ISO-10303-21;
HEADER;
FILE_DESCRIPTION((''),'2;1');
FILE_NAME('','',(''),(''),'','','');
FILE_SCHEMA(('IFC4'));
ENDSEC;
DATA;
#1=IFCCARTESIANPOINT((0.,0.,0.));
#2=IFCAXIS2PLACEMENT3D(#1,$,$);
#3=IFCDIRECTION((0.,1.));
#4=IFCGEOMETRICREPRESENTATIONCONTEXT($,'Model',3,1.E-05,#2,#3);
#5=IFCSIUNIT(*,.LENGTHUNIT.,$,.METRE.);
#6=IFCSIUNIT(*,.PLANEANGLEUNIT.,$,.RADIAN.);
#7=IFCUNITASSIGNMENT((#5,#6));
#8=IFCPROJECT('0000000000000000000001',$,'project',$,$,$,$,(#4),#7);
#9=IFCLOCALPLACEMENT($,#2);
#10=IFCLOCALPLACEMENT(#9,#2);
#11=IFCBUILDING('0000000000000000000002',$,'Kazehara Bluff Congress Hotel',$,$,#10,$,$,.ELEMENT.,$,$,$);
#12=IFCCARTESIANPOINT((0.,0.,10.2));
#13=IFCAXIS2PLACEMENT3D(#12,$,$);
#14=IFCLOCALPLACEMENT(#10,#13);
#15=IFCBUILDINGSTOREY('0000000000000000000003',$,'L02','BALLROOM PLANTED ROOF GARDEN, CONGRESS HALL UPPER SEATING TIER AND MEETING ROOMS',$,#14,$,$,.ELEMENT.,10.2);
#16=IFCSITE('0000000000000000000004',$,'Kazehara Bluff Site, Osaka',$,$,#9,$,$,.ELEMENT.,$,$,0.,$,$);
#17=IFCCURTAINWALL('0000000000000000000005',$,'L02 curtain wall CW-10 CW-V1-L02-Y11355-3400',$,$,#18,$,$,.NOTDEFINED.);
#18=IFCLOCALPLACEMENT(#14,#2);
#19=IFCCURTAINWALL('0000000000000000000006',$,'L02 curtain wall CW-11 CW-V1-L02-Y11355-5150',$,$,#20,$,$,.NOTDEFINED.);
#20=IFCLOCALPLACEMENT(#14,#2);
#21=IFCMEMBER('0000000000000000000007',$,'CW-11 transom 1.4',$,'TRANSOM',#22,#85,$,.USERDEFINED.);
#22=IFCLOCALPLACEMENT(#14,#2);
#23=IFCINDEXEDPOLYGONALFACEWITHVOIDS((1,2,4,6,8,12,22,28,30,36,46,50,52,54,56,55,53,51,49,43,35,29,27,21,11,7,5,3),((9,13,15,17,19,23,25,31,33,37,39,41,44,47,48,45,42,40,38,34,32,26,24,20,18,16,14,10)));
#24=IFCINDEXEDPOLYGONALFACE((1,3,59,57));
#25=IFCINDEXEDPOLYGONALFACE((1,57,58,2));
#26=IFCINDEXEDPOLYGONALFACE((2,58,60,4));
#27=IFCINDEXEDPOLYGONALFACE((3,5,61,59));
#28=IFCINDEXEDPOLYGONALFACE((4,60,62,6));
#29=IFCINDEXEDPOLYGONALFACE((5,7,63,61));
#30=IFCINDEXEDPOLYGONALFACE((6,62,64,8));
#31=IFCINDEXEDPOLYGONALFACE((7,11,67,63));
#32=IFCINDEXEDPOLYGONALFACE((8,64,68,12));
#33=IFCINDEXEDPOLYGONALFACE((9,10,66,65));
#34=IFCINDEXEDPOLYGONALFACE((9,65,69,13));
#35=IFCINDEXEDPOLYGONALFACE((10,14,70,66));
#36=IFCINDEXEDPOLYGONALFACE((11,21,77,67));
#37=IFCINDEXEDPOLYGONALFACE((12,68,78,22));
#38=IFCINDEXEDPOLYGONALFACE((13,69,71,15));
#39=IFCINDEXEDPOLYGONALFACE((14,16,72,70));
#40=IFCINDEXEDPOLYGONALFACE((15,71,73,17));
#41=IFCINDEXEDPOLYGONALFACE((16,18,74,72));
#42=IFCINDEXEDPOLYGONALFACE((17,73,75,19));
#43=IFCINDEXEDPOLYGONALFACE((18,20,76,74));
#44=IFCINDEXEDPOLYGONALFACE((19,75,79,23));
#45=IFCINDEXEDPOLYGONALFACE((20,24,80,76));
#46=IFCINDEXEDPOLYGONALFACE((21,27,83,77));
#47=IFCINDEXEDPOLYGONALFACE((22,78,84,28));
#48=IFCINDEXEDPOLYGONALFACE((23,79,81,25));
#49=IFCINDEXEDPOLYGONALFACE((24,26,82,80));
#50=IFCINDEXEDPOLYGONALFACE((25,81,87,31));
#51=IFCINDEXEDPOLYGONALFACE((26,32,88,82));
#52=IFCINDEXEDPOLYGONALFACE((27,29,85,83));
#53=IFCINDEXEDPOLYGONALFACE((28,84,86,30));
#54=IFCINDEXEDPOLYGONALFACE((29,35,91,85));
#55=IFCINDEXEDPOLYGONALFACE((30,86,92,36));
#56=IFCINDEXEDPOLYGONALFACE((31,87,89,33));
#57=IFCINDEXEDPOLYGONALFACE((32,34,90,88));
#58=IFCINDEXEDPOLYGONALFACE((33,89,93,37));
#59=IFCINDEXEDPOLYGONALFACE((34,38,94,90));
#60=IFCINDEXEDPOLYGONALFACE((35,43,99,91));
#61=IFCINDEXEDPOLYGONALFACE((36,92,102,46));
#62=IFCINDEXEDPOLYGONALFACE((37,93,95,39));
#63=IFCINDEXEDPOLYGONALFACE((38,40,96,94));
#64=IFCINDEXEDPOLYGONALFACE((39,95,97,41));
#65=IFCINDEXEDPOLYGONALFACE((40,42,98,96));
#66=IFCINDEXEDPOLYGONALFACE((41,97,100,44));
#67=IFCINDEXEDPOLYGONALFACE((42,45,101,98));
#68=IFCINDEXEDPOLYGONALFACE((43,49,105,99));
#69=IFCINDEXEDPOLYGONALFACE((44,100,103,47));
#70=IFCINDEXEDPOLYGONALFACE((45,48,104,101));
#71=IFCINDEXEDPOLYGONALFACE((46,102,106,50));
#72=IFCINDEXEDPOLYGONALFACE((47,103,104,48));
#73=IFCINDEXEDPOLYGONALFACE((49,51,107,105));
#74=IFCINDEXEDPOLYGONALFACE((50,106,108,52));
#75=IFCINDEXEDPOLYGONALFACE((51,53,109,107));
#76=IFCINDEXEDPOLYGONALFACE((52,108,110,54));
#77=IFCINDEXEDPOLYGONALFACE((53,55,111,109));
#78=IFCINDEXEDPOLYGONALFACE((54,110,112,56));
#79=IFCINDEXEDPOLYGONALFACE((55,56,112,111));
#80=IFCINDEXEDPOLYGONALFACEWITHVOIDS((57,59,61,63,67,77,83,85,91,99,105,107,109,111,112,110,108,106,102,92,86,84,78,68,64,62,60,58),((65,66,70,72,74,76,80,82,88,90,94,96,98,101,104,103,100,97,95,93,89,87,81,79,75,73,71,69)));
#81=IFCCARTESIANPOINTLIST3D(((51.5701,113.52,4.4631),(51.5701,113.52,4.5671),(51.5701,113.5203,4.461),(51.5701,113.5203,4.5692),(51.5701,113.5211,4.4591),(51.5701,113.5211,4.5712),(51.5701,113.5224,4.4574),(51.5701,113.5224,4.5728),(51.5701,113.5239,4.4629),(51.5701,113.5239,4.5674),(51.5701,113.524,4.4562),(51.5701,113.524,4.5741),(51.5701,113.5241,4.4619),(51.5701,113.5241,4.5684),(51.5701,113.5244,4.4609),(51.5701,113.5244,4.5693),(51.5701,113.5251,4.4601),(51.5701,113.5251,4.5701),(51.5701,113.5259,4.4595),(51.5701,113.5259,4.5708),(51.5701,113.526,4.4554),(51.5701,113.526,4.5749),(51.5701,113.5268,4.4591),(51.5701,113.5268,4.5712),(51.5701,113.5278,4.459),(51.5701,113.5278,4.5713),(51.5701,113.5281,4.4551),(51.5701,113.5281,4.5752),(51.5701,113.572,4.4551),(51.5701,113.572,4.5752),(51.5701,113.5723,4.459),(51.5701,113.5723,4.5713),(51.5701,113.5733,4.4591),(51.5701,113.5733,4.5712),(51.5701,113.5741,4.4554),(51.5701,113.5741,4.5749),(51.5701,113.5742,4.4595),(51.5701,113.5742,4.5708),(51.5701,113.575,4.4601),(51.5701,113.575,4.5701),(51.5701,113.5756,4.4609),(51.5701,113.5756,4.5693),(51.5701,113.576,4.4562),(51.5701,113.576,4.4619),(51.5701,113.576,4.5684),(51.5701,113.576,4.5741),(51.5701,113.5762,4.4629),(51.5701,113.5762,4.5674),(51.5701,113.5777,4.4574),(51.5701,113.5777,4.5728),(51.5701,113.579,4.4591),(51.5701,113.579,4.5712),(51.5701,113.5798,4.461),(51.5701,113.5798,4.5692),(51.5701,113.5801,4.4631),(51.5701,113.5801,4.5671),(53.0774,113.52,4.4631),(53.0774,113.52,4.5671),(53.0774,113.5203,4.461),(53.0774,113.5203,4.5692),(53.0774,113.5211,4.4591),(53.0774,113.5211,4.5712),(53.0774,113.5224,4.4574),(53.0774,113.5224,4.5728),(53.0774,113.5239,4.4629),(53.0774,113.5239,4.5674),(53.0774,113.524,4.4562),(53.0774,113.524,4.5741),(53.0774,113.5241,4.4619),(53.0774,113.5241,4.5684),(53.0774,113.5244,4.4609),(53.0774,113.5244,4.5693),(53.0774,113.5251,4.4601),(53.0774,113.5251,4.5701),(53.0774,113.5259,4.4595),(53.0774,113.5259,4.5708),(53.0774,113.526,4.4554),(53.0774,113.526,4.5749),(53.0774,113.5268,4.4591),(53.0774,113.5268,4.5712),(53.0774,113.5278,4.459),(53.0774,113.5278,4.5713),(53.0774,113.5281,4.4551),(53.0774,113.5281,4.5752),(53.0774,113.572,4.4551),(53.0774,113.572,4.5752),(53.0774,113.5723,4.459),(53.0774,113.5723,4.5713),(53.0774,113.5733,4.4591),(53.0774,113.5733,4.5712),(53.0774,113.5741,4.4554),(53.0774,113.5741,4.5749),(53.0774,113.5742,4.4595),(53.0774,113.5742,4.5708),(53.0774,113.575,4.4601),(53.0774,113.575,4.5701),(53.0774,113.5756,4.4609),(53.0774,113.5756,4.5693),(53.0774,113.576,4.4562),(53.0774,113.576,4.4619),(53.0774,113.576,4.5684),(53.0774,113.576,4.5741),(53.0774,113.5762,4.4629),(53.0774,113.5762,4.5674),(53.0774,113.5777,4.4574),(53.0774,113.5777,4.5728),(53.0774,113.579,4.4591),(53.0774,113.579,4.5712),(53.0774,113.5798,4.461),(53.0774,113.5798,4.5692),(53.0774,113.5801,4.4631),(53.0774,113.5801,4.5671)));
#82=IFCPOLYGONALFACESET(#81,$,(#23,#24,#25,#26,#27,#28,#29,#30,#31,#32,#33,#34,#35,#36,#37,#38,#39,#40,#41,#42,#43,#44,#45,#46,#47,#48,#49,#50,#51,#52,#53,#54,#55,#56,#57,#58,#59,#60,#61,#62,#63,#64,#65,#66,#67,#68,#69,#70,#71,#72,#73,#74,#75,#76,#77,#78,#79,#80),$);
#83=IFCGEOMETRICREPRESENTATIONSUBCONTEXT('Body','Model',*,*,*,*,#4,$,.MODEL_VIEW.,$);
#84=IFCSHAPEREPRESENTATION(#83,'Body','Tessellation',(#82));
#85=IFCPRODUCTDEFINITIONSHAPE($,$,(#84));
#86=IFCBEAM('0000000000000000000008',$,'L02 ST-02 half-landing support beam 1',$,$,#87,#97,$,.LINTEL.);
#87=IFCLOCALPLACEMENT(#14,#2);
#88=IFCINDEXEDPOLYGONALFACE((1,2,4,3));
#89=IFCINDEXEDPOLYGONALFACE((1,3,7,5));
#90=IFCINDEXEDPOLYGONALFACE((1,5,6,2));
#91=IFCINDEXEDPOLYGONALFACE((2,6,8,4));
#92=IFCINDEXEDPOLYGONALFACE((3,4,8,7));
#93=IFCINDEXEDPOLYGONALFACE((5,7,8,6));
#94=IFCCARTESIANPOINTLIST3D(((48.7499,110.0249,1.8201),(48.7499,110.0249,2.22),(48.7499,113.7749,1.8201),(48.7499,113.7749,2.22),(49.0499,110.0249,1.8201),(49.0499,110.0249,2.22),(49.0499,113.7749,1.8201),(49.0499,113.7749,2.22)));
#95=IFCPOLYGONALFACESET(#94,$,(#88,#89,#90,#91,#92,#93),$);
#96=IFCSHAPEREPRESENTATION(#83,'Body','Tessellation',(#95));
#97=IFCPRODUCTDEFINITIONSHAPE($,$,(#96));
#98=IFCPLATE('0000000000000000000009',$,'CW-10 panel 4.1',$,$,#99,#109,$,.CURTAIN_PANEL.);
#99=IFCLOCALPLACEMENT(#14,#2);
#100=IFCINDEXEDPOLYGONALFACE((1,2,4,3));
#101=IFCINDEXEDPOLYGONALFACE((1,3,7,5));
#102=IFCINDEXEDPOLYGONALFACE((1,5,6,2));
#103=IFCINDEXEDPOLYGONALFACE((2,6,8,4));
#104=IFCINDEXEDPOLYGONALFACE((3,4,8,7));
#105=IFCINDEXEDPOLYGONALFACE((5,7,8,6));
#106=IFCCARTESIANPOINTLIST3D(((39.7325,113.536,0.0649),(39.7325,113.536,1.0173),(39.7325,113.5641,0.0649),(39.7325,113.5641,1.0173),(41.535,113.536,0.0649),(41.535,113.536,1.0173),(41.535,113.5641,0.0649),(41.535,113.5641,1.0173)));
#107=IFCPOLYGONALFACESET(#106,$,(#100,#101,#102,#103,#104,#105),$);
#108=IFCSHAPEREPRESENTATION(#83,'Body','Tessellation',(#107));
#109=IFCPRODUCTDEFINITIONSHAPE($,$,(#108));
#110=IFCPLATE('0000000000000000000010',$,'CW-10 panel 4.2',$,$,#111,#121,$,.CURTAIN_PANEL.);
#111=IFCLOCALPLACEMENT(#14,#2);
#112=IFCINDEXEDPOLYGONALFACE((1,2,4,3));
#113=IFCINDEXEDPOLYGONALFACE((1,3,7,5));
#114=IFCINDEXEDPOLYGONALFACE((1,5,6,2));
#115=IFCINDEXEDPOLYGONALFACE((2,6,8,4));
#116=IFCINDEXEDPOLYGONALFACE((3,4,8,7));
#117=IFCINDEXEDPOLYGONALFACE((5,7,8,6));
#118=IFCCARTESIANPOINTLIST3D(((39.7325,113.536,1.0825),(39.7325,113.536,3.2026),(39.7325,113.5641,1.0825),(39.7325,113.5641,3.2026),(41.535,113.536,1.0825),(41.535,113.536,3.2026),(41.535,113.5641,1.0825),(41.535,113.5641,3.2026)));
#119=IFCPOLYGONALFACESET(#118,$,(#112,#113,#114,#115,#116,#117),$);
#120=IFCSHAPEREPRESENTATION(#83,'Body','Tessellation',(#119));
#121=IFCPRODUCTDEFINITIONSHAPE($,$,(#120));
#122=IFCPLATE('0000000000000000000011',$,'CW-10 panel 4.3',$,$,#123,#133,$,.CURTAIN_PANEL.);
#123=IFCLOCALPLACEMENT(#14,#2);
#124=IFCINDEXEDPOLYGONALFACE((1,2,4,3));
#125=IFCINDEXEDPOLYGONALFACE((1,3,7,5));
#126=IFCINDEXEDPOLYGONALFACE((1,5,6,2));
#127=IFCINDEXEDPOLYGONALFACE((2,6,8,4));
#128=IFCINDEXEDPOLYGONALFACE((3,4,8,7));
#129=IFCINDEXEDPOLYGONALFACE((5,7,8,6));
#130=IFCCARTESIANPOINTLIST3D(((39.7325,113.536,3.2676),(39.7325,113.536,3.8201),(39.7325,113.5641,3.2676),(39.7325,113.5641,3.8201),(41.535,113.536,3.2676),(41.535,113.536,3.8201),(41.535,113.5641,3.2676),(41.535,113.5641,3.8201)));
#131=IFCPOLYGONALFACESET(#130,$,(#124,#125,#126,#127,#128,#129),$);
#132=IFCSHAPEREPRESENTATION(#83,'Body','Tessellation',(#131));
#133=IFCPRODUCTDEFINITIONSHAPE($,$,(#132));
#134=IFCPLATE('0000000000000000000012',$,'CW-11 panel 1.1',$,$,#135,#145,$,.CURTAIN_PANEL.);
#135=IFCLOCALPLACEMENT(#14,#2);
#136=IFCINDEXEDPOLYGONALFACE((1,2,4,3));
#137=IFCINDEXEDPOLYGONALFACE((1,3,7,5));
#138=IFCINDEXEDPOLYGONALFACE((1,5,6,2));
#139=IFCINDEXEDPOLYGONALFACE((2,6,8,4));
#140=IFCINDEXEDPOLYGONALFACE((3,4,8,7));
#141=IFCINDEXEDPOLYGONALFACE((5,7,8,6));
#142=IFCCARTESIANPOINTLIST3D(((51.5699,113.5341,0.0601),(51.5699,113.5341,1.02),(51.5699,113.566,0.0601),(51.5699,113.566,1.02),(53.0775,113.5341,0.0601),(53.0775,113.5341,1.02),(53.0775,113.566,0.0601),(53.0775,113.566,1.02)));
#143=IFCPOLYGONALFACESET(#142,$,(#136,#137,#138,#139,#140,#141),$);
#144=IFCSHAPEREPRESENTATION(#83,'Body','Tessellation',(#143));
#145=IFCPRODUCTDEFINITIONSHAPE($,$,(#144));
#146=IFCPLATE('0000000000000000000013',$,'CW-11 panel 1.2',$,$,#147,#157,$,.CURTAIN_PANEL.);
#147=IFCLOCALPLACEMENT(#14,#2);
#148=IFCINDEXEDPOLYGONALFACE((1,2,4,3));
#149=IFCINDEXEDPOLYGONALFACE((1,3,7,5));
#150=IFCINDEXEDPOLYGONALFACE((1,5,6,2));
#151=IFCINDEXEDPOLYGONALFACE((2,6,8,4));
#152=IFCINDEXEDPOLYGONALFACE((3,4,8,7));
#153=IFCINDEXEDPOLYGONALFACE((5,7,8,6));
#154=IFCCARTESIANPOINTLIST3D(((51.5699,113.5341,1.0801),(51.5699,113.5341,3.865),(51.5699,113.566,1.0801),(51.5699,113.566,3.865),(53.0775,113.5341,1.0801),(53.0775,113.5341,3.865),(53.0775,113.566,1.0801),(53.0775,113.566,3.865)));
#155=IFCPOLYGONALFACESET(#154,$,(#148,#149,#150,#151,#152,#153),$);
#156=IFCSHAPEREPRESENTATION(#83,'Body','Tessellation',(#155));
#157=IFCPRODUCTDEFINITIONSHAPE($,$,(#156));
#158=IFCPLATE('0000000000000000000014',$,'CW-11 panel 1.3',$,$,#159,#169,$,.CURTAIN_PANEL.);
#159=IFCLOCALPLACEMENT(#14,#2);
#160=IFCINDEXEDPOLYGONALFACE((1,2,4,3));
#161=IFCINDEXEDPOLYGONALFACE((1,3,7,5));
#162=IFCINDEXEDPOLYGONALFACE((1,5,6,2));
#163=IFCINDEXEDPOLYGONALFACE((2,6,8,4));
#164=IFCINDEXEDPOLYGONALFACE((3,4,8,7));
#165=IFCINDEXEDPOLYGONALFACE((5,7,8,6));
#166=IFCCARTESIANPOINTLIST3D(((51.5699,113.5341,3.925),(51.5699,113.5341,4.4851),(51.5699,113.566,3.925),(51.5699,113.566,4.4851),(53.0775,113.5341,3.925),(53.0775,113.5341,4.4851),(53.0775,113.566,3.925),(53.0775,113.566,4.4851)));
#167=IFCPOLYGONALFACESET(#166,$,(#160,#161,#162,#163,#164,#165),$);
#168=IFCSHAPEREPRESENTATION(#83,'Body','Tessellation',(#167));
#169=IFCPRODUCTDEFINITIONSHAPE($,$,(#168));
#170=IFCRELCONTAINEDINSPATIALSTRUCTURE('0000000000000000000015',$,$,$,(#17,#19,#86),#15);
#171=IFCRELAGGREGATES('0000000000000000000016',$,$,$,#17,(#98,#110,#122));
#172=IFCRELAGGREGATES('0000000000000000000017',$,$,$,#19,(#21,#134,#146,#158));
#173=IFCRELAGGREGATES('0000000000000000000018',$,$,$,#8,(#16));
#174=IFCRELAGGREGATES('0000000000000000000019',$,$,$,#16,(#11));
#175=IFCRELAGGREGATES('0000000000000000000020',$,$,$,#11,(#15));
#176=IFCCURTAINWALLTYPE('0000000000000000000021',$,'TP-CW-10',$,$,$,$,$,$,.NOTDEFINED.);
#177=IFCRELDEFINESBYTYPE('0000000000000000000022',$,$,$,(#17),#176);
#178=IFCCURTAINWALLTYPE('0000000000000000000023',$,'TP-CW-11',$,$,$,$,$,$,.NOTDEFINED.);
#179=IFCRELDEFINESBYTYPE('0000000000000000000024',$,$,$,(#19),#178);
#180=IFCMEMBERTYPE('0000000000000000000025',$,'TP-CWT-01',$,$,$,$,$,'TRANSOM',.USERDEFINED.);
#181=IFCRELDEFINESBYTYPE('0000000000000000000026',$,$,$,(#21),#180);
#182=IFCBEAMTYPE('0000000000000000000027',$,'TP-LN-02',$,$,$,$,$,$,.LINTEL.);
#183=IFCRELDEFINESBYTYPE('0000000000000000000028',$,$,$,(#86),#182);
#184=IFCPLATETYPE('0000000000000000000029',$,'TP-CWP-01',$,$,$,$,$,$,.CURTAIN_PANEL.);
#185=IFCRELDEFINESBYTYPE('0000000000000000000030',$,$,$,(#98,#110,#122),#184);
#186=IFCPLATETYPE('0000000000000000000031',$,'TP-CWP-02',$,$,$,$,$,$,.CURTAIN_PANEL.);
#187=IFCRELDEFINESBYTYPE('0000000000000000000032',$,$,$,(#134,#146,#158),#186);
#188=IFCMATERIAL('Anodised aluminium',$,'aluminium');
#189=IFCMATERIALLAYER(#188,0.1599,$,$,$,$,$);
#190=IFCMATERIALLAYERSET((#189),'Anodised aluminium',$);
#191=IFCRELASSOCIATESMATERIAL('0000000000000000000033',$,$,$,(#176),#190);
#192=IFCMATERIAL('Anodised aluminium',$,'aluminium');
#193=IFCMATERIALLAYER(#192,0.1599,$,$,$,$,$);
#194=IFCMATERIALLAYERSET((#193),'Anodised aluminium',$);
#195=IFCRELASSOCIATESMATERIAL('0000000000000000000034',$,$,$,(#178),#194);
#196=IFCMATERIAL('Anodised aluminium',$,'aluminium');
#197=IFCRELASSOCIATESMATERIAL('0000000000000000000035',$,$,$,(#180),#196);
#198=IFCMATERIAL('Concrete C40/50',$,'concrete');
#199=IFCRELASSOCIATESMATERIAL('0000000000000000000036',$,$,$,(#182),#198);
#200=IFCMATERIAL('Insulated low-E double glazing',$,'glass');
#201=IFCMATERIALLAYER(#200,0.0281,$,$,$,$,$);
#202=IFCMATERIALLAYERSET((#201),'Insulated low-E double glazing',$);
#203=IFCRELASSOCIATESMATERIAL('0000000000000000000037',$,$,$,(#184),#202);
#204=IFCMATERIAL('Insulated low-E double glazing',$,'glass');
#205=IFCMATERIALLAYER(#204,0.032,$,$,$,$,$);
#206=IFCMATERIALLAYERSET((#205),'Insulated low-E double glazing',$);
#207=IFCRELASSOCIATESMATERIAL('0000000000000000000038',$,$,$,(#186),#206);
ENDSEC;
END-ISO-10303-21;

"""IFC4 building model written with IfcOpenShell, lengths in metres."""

from ifc_helpers import new_model, si_unit, direction, frame, origin, origin_2d, place, context, subcontext, project, spatial, rectangle, hollow_rectangle, extrude, material, layer, layer_set, material_profile, profile_set, type_object, element, aggregate, save


model = new_model("IFC4")

# Units and contexts
model_context = context("Model", 3, precision=1e-05, world=origin(), true_north=direction((0.0, 1.0)))
body_context = subcontext(model_context, "Body", "Model", "MODEL_VIEW")
ifc_project = project(units=[si_unit("LENGTHUNIT", "METRE"), si_unit("PLANEANGLEUNIT", "RADIAN")], contexts=[model_context])

# Site, building, storey
site_placement = place(None, origin())
site = spatial("IfcSite", under=ifc_project, at=site_placement, Name="Kazehara Bluff Site, Osaka", CompositionType="ELEMENT", RefElevation=0.0)
building_placement = place(site_placement, origin())
building = spatial("IfcBuilding", under=site, at=building_placement, Name="Kazehara Bluff Congress Hotel", CompositionType="ELEMENT")
storey_placement = place(building_placement, frame((0.0, 0.0, 10.2)))
storey = spatial("IfcBuildingStorey", under=building, at=storey_placement, Name="L02", Description="BALLROOM PLANTED ROOF GARDEN, CONGRESS HALL UPPER SEATING TIER AND MEETING ROOMS", CompositionType="ELEMENT", Elevation=10.2)

# Curtain wall
ifc_material_1 = material(Name="Anodised aluminium", Category="aluminium")
ifc_layer_1 = layer(ifc_material_1, 0.1599)
ifc_layer_set_1 = layer_set([ifc_layer_1], Name="Anodised aluminium")
curtain_wall_type_1 = type_object("IfcCurtainWallType", Name="TP-CW-10", PredefinedType="NOTDEFINED", material=ifc_layer_set_1)
curtain_wall_1_placement = place(storey_placement, origin())
curtain_wall_1 = element("IfcCurtainWall", 1, at=curtain_wall_1_placement, inside=storey, type_object=curtain_wall_type_1, Name="L02 curtain wall CW-10 CW-V1-L02-Y11355-3400", PredefinedType="NOTDEFINED")

# Curtain wall, member
ifc_material_2 = material(Name="Anodised aluminium", Category="aluminium")
ifc_layer_2 = layer(ifc_material_2, 0.1599)
ifc_layer_set_2 = layer_set([ifc_layer_2], Name="Anodised aluminium")
curtain_wall_type_2 = type_object("IfcCurtainWallType", Name="TP-CW-11", PredefinedType="NOTDEFINED", material=ifc_layer_set_2)
curtain_wall_2_placement = place(storey_placement, origin())
curtain_wall_2 = element("IfcCurtainWall", 2, at=curtain_wall_2_placement, inside=storey, type_object=curtain_wall_type_2, Name="L02 curtain wall CW-11 CW-V1-L02-Y11355-5150", PredefinedType="NOTDEFINED")
ifc_material_3 = material(Name="Anodised aluminium", Category="aluminium")
ifc_material_profile_1 = material_profile(ifc_material_3, hollow_rectangle(XDim=0.0601, YDim=0.1201, WallThickness=0.0039, InnerFilletRadius=0.0039, OuterFilletRadius=0.0081, at=origin_2d()))
ifc_profile_set_1 = profile_set([ifc_material_profile_1], Name="Anodised aluminium")
member_type_1 = type_object("IfcMemberType", Name="TP-CWT-01", ElementType="TRANSOM", PredefinedType="USERDEFINED", material=ifc_profile_set_1)
member_1_placement = place(storey_placement, frame((51.5701, 113.55, 4.5151), z_axis=(1.0, 0.0, 0.0), x_axis=(0.0, 1.0, 0.0)))
member_1 = element("IfcMember", 3, at=member_1_placement, type_object=member_type_1, Name="CW-11 transom 1.4", ObjectType="TRANSOM", PredefinedType="USERDEFINED", context=body_context, shape_type="SweptSolid", body=[
    extrude(hollow_rectangle(XDim=0.0601, YDim=0.1201, WallThickness=0.0039, InnerFilletRadius=0.0039, OuterFilletRadius=0.0081, at=origin_2d()), origin(), (0.0, 0.0, 1.0), 1.5073),
])

# Beam
ifc_material_4 = material(Name="Concrete C40/50", Category="concrete")
ifc_material_profile_2 = material_profile(ifc_material_4, rectangle(XDim=0.3, YDim=0.3999, at=origin_2d()))
ifc_profile_set_2 = profile_set([ifc_material_profile_2], Name="Concrete C40/50")
beam_type = type_object("IfcBeamType", Name="TP-LN-02", PredefinedType="LINTEL", material=ifc_profile_set_2)
beam_placement = place(storey_placement, frame((48.8999, 110.0249, 2.02), z_axis=(0.0, 1.0, 0.0), x_axis=(-1.0, 0.0, 0.0)))
element("IfcBeam", 4, at=beam_placement, inside=storey, type_object=beam_type, Name="L02 ST-02 half-landing support beam 1", PredefinedType="LINTEL", context=body_context, shape_type="SweptSolid", body=[
    extrude(rectangle(XDim=0.3, YDim=0.3999, at=origin_2d()), origin(), (0.0, 0.0, 1.0), 3.75),
])

# Plates
ifc_material_5 = material(Name="Insulated low-E double glazing", Category="glass")
ifc_layer_3 = layer(ifc_material_5, 0.0281)
ifc_layer_set_3 = layer_set([ifc_layer_3], Name="Insulated low-E double glazing")
plate_type_1 = type_object("IfcPlateType", Name="TP-CWP-01", PredefinedType="CURTAIN_PANEL", material=ifc_layer_set_3)
plate_1_placement = place(storey_placement, frame((40.6338, 113.55, 0.0649), z_axis=(0.0, 0.0, 1.0), x_axis=(1.0, 0.0, 0.0)))
plate_1 = element("IfcPlate", 5, at=plate_1_placement, type_object=plate_type_1, Name="CW-10 panel 4.1", PredefinedType="CURTAIN_PANEL", context=body_context, shape_type="SweptSolid", body=[
    extrude(rectangle(XDim=1.8025, YDim=0.0281, at=origin_2d()), origin(), (0.0, 0.0, 1.0), 0.9524),
])
plate_2_placement = place(storey_placement, frame((40.6338, 113.55, 1.0825), z_axis=(0.0, 0.0, 1.0), x_axis=(1.0, 0.0, 0.0)))
plate_2 = element("IfcPlate", 6, at=plate_2_placement, type_object=plate_type_1, Name="CW-10 panel 4.2", PredefinedType="CURTAIN_PANEL", context=body_context, shape_type="SweptSolid", body=[
    extrude(rectangle(XDim=1.8025, YDim=0.0281, at=origin_2d()), origin(), (0.0, 0.0, 1.0), 2.1201),
])
plate_3_placement = place(storey_placement, frame((40.6338, 113.55, 3.2676), z_axis=(0.0, 0.0, 1.0), x_axis=(1.0, 0.0, 0.0)))
plate_3 = element("IfcPlate", 7, at=plate_3_placement, type_object=plate_type_1, Name="CW-10 panel 4.3", PredefinedType="CURTAIN_PANEL", context=body_context, shape_type="SweptSolid", body=[
    extrude(rectangle(XDim=1.8025, YDim=0.0281, at=origin_2d()), origin(), (0.0, 0.0, 1.0), 0.5525),
])
aggregate(curtain_wall_1, [plate_1, plate_2, plate_3])
ifc_material_6 = material(Name="Insulated low-E double glazing", Category="glass")
ifc_layer_4 = layer(ifc_material_6, 0.032)
ifc_layer_set_4 = layer_set([ifc_layer_4], Name="Insulated low-E double glazing")
plate_type_2 = type_object("IfcPlateType", Name="TP-CWP-02", PredefinedType="CURTAIN_PANEL", material=ifc_layer_set_4)
plate_4_placement = place(storey_placement, frame((52.3237, 113.55, 0.0601), z_axis=(0.0, 0.0, 1.0), x_axis=(1.0, 0.0, 0.0)))
plate_4 = element("IfcPlate", 8, at=plate_4_placement, type_object=plate_type_2, Name="CW-11 panel 1.1", PredefinedType="CURTAIN_PANEL", context=body_context, shape_type="SweptSolid", body=[
    extrude(rectangle(XDim=1.5076, YDim=0.032, at=origin_2d()), origin(), (0.0, 0.0, 1.0), 0.96),
])
plate_5_placement = place(storey_placement, frame((52.3237, 113.55, 1.0801), z_axis=(0.0, 0.0, 1.0), x_axis=(1.0, 0.0, 0.0)))
plate_5 = element("IfcPlate", 9, at=plate_5_placement, type_object=plate_type_2, Name="CW-11 panel 1.2", PredefinedType="CURTAIN_PANEL", context=body_context, shape_type="SweptSolid", body=[
    extrude(rectangle(XDim=1.5076, YDim=0.032, at=origin_2d()), origin(), (0.0, 0.0, 1.0), 2.7849),
])
plate_6_placement = place(storey_placement, frame((52.3237, 113.55, 3.925), z_axis=(0.0, 0.0, 1.0), x_axis=(1.0, 0.0, 0.0)))
plate_6 = element("IfcPlate", 10, at=plate_6_placement, type_object=plate_type_2, Name="CW-11 panel 1.3", PredefinedType="CURTAIN_PANEL", context=body_context, shape_type="SweptSolid", body=[
    extrude(rectangle(XDim=1.5076, YDim=0.032, at=origin_2d()), origin(), (0.0, 0.0, 1.0), 0.5601),
])
aggregate(curtain_wall_2, [member_1, plate_4, plate_5, plate_6])

save(model, "model.ifc")
